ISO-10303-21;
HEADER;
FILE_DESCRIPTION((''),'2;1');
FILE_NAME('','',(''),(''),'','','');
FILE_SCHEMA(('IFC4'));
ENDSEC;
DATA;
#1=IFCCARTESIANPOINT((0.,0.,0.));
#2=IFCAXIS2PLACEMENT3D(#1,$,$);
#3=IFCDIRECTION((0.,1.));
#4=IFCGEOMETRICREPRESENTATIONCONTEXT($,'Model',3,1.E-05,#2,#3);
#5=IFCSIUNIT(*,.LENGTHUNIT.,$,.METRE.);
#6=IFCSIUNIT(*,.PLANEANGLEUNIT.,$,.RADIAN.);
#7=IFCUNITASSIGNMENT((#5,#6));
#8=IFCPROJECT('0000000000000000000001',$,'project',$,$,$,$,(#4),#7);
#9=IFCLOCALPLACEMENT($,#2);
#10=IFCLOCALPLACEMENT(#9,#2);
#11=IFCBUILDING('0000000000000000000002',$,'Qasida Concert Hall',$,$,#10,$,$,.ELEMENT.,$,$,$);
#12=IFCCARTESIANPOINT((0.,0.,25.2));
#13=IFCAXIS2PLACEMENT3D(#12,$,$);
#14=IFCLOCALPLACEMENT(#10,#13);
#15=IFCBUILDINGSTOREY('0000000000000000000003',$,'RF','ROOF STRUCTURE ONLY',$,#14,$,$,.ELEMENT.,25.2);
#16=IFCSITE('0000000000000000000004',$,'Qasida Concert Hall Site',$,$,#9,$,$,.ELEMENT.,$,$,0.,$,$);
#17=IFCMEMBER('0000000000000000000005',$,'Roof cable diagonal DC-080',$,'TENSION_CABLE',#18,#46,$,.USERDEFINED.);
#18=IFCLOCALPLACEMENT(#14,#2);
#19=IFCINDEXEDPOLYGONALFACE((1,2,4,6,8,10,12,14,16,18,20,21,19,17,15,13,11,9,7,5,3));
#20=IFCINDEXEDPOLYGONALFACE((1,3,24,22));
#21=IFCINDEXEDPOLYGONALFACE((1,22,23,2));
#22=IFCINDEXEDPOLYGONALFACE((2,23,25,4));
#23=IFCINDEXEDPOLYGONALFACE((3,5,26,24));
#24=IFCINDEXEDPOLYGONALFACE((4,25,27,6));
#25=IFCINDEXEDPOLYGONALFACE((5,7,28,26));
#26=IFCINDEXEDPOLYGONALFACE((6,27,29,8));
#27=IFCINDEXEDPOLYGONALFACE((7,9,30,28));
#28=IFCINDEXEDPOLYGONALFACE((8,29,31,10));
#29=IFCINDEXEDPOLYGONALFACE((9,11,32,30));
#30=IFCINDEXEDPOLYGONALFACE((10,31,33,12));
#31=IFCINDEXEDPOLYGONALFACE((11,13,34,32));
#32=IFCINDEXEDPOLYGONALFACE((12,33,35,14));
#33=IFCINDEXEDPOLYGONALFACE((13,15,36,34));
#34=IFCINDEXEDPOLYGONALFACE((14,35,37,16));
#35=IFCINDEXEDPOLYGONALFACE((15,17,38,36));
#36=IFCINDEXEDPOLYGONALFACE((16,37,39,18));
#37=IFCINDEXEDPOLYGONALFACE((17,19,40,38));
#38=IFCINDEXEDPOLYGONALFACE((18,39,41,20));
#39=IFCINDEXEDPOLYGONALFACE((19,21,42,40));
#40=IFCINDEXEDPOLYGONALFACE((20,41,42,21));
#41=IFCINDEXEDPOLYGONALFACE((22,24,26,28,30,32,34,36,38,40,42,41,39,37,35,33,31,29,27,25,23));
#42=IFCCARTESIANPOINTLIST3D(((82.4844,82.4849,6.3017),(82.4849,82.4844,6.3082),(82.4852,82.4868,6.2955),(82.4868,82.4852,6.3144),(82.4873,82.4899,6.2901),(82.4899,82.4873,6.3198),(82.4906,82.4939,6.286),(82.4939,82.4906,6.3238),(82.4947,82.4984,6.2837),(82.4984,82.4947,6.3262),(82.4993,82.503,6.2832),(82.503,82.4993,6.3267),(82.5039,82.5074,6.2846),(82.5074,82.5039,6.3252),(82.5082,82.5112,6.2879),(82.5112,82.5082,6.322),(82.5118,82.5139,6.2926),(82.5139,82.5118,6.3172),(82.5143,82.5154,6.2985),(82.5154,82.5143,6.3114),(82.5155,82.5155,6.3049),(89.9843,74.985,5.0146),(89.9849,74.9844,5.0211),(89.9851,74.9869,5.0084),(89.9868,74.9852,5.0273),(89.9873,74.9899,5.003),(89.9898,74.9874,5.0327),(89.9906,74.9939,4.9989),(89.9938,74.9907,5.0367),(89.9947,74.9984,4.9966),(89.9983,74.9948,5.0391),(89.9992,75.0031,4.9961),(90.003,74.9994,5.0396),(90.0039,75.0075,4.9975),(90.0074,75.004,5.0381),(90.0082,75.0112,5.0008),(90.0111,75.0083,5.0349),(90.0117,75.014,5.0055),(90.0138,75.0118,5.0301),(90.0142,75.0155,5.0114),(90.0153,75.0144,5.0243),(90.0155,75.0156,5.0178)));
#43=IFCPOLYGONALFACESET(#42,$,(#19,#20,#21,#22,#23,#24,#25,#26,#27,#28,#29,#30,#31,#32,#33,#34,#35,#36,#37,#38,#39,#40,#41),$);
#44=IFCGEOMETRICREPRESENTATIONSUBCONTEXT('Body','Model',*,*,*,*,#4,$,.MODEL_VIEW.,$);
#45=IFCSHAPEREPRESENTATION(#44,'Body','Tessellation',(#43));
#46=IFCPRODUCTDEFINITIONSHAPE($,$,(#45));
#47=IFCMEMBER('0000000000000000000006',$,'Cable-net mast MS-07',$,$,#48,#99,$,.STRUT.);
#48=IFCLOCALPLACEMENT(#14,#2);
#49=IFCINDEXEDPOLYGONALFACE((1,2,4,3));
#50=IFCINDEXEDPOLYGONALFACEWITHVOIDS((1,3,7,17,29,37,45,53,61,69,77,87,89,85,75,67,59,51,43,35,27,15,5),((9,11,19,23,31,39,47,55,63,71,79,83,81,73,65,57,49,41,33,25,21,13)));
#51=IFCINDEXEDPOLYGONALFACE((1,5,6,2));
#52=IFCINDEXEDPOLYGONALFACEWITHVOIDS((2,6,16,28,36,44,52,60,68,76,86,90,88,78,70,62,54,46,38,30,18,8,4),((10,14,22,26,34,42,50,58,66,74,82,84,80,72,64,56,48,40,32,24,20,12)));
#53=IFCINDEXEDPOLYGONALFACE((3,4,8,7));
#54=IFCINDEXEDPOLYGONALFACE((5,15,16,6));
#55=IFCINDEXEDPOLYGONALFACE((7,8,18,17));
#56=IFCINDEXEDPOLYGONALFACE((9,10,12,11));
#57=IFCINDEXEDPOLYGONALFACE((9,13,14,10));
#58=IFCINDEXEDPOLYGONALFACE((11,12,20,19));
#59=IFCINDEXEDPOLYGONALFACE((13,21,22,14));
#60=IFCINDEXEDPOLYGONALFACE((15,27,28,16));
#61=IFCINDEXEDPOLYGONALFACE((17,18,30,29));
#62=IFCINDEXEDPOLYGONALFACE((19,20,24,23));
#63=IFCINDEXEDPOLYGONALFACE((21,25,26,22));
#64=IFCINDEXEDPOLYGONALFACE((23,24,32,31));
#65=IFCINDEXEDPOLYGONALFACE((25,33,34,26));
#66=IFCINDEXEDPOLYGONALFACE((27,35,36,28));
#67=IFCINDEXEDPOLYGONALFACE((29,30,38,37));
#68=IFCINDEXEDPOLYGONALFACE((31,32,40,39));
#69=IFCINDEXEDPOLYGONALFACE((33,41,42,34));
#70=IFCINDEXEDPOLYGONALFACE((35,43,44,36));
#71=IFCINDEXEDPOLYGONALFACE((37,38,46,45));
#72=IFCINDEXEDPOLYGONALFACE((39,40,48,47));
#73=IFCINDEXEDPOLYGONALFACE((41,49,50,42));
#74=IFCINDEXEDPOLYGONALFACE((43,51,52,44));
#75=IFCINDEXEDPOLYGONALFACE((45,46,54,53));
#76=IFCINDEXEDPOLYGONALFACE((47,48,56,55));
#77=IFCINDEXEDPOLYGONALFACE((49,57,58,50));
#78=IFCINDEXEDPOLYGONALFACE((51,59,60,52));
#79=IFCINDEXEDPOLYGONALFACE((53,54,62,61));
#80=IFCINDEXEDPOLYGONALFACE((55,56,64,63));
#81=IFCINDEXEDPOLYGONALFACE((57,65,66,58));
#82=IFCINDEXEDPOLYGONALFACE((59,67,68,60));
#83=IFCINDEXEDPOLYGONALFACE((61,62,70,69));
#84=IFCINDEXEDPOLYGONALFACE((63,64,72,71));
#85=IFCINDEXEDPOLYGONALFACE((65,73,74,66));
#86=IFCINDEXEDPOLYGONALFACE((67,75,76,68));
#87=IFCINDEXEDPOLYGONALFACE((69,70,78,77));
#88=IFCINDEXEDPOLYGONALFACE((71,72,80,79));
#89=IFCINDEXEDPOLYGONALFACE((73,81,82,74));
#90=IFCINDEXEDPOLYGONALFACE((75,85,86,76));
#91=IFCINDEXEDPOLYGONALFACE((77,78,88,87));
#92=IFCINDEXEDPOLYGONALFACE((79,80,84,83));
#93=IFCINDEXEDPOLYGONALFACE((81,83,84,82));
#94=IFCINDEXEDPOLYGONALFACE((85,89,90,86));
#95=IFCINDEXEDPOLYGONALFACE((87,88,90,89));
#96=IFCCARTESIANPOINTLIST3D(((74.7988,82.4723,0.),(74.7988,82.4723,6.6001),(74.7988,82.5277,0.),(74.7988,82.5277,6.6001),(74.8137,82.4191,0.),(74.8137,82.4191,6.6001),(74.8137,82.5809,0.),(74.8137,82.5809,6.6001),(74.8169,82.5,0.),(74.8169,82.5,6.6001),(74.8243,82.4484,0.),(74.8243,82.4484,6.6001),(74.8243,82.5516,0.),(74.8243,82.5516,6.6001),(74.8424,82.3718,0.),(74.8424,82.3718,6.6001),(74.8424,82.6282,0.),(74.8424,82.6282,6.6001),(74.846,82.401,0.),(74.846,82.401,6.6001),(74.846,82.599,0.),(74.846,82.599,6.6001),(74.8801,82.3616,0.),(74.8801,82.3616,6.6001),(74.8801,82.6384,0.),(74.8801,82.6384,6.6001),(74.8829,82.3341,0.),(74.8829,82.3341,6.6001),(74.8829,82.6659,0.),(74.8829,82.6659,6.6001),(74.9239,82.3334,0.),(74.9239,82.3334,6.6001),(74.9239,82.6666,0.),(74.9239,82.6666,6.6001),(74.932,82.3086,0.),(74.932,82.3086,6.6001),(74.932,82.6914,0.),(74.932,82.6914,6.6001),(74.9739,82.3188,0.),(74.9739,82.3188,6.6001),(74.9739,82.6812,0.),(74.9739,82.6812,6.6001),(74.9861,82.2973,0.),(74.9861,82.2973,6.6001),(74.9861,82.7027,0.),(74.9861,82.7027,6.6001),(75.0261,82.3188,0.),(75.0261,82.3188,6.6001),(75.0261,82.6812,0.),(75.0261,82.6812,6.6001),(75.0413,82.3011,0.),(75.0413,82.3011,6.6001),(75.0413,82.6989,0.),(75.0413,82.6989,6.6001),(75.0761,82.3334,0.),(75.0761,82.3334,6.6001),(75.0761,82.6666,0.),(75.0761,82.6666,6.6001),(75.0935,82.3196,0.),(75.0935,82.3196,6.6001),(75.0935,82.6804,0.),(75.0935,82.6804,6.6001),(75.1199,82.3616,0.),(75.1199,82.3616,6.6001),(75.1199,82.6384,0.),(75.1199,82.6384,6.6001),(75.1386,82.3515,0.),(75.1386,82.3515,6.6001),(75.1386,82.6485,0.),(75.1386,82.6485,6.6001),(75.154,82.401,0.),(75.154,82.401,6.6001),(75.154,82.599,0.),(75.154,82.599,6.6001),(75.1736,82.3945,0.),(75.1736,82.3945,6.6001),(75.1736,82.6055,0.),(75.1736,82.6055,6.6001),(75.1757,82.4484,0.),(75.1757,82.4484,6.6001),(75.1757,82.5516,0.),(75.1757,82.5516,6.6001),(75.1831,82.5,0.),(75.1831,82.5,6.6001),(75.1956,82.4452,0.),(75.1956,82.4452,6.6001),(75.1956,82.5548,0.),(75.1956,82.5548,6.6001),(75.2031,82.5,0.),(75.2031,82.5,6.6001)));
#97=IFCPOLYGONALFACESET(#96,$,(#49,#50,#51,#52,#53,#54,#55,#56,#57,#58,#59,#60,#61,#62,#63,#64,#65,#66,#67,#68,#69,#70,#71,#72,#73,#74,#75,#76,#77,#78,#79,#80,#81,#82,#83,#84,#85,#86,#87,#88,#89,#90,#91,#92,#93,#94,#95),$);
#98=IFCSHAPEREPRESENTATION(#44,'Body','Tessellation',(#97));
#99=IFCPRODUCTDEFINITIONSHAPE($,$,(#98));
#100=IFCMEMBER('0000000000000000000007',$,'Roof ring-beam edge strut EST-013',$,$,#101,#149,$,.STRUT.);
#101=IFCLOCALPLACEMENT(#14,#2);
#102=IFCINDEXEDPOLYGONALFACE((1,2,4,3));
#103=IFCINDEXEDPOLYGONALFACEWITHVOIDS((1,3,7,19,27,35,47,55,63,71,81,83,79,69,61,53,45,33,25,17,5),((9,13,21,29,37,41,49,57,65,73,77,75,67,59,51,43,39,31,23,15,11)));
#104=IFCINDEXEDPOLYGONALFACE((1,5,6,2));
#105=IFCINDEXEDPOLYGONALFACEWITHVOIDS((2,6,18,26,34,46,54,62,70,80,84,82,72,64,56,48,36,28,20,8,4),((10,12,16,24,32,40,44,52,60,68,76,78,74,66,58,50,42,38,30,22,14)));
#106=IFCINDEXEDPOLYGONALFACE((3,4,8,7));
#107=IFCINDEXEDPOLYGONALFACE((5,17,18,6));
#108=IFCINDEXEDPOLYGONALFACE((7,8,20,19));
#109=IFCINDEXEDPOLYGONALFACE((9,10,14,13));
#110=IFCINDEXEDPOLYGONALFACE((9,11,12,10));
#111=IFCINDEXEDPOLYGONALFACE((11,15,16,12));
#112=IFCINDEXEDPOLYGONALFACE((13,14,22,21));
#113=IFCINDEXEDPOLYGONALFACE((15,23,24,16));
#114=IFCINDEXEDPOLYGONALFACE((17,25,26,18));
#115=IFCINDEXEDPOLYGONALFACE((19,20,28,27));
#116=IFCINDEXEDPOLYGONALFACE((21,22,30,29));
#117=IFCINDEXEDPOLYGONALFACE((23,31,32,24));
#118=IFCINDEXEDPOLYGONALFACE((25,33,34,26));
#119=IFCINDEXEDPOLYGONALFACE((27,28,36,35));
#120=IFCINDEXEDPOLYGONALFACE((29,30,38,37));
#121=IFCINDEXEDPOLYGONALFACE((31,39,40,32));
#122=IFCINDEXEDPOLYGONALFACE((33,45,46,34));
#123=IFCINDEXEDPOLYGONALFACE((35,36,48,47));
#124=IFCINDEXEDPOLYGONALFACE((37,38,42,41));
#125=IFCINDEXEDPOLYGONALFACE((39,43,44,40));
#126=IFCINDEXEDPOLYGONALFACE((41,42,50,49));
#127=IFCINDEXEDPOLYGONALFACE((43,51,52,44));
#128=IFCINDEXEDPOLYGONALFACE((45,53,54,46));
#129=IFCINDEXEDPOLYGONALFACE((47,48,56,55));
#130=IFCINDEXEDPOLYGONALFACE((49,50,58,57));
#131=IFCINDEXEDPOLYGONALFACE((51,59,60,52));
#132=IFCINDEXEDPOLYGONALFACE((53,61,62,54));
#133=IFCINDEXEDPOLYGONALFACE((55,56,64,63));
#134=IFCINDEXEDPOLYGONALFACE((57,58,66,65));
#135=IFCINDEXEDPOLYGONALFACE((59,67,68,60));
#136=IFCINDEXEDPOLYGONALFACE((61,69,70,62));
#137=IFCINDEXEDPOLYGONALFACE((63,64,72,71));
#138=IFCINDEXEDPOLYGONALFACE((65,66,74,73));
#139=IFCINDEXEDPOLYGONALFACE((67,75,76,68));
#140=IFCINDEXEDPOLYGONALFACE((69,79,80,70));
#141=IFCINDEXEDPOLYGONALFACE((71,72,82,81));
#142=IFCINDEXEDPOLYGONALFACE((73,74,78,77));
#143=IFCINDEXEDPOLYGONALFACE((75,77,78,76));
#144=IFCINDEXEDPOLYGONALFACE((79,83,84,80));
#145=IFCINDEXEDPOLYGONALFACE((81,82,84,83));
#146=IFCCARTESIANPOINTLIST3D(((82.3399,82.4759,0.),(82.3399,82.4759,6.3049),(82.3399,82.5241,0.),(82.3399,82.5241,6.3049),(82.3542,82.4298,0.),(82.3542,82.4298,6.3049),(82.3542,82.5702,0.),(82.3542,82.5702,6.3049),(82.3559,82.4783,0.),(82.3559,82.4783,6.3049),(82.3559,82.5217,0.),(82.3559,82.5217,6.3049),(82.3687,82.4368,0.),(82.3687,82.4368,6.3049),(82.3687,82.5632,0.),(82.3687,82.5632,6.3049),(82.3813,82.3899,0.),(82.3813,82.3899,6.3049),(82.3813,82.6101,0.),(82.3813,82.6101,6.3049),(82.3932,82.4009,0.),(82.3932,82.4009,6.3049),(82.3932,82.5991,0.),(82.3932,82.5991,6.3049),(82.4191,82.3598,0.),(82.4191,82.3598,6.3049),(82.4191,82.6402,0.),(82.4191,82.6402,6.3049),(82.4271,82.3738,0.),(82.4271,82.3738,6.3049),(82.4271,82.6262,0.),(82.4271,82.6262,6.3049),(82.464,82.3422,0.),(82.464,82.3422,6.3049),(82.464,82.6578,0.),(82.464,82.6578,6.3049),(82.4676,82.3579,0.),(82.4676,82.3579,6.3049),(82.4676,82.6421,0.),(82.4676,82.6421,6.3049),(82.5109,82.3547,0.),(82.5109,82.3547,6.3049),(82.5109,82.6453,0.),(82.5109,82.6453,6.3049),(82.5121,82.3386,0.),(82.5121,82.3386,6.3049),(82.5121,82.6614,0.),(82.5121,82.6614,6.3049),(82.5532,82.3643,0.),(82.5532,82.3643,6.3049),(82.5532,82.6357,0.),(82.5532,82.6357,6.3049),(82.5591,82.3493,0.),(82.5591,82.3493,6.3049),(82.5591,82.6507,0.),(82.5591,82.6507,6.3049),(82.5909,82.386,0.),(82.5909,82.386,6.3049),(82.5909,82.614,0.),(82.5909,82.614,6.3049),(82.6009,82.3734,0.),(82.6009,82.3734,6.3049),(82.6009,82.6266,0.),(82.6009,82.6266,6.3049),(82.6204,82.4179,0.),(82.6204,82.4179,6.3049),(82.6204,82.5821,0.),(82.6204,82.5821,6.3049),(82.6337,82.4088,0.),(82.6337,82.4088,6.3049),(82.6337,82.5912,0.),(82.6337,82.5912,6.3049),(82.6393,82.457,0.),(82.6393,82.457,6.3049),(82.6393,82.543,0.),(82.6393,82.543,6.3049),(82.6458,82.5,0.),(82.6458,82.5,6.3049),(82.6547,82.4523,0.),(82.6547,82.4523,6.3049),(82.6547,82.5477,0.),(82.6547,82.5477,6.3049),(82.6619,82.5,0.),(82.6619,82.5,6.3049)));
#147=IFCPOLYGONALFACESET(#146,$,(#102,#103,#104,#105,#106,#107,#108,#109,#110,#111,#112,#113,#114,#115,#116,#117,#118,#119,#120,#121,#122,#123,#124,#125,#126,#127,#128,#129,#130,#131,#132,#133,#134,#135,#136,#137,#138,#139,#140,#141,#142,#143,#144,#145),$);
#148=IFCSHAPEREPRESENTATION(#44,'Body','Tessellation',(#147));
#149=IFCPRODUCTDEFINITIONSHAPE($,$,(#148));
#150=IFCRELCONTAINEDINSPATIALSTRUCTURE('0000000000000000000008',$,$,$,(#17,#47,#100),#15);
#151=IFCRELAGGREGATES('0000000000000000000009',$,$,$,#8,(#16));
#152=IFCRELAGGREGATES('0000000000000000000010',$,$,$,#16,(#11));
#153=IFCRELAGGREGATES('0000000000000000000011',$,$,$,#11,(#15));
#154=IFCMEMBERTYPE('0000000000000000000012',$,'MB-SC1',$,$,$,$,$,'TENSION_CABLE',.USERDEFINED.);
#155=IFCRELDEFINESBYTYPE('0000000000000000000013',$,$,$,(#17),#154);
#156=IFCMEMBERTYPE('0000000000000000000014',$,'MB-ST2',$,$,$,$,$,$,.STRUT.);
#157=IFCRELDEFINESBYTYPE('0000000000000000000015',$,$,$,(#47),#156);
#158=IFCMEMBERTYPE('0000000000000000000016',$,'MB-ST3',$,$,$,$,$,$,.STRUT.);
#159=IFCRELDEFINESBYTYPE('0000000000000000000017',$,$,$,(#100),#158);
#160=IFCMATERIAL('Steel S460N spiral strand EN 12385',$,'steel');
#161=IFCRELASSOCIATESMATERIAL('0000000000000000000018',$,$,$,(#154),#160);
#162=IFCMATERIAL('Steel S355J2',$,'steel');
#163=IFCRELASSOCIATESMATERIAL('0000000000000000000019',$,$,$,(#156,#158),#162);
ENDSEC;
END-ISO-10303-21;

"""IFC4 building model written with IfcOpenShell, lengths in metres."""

from ifc_helpers import new_model, si_unit, direction, frame, origin, origin_2d, place, context, subcontext, project, spatial, circle, hollow_circle, extrude, material, material_profile, profile_set, type_object, element, save


model = new_model("IFC4")

# Units and contexts
model_context = context("Model", 3, precision=1e-05, world=origin(), true_north=direction((0.0, 1.0)))
body_context = subcontext(model_context, "Body", "Model", "MODEL_VIEW")
ifc_project = project(units=[si_unit("LENGTHUNIT", "METRE"), si_unit("PLANEANGLEUNIT", "RADIAN")], contexts=[model_context])

# Site, building, storey
site_placement = place(None, origin())
site = spatial("IfcSite", under=ifc_project, at=site_placement, Name="Qasida Concert Hall Site", CompositionType="ELEMENT", RefElevation=0.0)
building_placement = place(site_placement, origin())
building = spatial("IfcBuilding", under=site, at=building_placement, Name="Qasida Concert Hall", CompositionType="ELEMENT")
storey_placement = place(building_placement, frame((0.0, 0.0, 25.2)))
storey = spatial("IfcBuildingStorey", under=building, at=storey_placement, Name="RF", Description="ROOF STRUCTURE ONLY", CompositionType="ELEMENT", Elevation=25.2)

# Members
ifc_material_1 = material(Name="Steel S460N spiral strand EN 12385", Category="steel")
ifc_material_2 = material(Name="Steel S355J2", Category="steel")
ifc_material_profile_1 = material_profile(ifc_material_1, circle(Radius=0.022, at=origin_2d()), Name="STRAND D44")
ifc_profile_set_1 = profile_set([ifc_material_profile_1], Name="Steel S460N spiral strand EN 12385")
member_type_1 = type_object("IfcMemberType", Name="MB-SC1", ElementType="TENSION_CABLE", PredefinedType="USERDEFINED", material=ifc_profile_set_1)
member_1_placement = place(storey_placement, frame((82.5, 82.5, 6.3049), z_axis=(0.701957, -0.701957, -0.120466), x_axis=(0.707107, 0.707107, 0.0)))
element("IfcMember", 1, at=member_1_placement, inside=storey, type_object=member_type_1, Name="Roof cable diagonal DC-080", ObjectType="TENSION_CABLE", PredefinedType="USERDEFINED", context=body_context, shape_type="SweptSolid", body=[
    extrude(circle(Radius=0.022, at=origin_2d()), origin(), (0.0, 0.0, 1.0), 10.6843),
])
ifc_material_profile_2 = material_profile(ifc_material_2, hollow_circle(Radius=0.2031, WallThickness=0.02, at=origin_2d()), Name="CHS 406.4x20")
ifc_profile_set_2 = profile_set([ifc_material_profile_2], Name="Steel S355J2")
member_type_2 = type_object("IfcMemberType", Name="MB-ST2", PredefinedType="STRUT", material=ifc_profile_set_2)
member_2_placement = place(storey_placement, frame((75.0, 82.5, 0.0), z_axis=(0.0, 0.0, 1.0), x_axis=(1.0, 0.0, 0.0)))
element("IfcMember", 2, at=member_2_placement, inside=storey, type_object=member_type_2, Name="Cable-net mast MS-07", PredefinedType="STRUT", context=body_context, shape_type="SweptSolid", body=[
    extrude(hollow_circle(Radius=0.2031, WallThickness=0.02, at=origin_2d()), origin(), (0.0, 0.0, 1.0), 6.6001),
])
ifc_material_profile_3 = material_profile(ifc_material_2, hollow_circle(Radius=0.1619, WallThickness=0.0161, at=origin_2d()), Name="CHS 323.9x16")
ifc_profile_set_3 = profile_set([ifc_material_profile_3], Name="Steel S355J2")
member_type_3 = type_object("IfcMemberType", Name="MB-ST3", PredefinedType="STRUT", material=ifc_profile_set_3)
member_3_placement = place(storey_placement, frame((82.5, 82.5, 0.0), z_axis=(0.0, 0.0, 1.0), x_axis=(1.0, 0.0, 0.0)))
element("IfcMember", 3, at=member_3_placement, inside=storey, type_object=member_type_3, Name="Roof ring-beam edge strut EST-013", PredefinedType="STRUT", context=body_context, shape_type="SweptSolid", body=[
    extrude(hollow_circle(Radius=0.1619, WallThickness=0.0161, at=origin_2d()), origin(), (0.0, 0.0, 1.0), 6.3049),
])

save(model, "model.ifc")
